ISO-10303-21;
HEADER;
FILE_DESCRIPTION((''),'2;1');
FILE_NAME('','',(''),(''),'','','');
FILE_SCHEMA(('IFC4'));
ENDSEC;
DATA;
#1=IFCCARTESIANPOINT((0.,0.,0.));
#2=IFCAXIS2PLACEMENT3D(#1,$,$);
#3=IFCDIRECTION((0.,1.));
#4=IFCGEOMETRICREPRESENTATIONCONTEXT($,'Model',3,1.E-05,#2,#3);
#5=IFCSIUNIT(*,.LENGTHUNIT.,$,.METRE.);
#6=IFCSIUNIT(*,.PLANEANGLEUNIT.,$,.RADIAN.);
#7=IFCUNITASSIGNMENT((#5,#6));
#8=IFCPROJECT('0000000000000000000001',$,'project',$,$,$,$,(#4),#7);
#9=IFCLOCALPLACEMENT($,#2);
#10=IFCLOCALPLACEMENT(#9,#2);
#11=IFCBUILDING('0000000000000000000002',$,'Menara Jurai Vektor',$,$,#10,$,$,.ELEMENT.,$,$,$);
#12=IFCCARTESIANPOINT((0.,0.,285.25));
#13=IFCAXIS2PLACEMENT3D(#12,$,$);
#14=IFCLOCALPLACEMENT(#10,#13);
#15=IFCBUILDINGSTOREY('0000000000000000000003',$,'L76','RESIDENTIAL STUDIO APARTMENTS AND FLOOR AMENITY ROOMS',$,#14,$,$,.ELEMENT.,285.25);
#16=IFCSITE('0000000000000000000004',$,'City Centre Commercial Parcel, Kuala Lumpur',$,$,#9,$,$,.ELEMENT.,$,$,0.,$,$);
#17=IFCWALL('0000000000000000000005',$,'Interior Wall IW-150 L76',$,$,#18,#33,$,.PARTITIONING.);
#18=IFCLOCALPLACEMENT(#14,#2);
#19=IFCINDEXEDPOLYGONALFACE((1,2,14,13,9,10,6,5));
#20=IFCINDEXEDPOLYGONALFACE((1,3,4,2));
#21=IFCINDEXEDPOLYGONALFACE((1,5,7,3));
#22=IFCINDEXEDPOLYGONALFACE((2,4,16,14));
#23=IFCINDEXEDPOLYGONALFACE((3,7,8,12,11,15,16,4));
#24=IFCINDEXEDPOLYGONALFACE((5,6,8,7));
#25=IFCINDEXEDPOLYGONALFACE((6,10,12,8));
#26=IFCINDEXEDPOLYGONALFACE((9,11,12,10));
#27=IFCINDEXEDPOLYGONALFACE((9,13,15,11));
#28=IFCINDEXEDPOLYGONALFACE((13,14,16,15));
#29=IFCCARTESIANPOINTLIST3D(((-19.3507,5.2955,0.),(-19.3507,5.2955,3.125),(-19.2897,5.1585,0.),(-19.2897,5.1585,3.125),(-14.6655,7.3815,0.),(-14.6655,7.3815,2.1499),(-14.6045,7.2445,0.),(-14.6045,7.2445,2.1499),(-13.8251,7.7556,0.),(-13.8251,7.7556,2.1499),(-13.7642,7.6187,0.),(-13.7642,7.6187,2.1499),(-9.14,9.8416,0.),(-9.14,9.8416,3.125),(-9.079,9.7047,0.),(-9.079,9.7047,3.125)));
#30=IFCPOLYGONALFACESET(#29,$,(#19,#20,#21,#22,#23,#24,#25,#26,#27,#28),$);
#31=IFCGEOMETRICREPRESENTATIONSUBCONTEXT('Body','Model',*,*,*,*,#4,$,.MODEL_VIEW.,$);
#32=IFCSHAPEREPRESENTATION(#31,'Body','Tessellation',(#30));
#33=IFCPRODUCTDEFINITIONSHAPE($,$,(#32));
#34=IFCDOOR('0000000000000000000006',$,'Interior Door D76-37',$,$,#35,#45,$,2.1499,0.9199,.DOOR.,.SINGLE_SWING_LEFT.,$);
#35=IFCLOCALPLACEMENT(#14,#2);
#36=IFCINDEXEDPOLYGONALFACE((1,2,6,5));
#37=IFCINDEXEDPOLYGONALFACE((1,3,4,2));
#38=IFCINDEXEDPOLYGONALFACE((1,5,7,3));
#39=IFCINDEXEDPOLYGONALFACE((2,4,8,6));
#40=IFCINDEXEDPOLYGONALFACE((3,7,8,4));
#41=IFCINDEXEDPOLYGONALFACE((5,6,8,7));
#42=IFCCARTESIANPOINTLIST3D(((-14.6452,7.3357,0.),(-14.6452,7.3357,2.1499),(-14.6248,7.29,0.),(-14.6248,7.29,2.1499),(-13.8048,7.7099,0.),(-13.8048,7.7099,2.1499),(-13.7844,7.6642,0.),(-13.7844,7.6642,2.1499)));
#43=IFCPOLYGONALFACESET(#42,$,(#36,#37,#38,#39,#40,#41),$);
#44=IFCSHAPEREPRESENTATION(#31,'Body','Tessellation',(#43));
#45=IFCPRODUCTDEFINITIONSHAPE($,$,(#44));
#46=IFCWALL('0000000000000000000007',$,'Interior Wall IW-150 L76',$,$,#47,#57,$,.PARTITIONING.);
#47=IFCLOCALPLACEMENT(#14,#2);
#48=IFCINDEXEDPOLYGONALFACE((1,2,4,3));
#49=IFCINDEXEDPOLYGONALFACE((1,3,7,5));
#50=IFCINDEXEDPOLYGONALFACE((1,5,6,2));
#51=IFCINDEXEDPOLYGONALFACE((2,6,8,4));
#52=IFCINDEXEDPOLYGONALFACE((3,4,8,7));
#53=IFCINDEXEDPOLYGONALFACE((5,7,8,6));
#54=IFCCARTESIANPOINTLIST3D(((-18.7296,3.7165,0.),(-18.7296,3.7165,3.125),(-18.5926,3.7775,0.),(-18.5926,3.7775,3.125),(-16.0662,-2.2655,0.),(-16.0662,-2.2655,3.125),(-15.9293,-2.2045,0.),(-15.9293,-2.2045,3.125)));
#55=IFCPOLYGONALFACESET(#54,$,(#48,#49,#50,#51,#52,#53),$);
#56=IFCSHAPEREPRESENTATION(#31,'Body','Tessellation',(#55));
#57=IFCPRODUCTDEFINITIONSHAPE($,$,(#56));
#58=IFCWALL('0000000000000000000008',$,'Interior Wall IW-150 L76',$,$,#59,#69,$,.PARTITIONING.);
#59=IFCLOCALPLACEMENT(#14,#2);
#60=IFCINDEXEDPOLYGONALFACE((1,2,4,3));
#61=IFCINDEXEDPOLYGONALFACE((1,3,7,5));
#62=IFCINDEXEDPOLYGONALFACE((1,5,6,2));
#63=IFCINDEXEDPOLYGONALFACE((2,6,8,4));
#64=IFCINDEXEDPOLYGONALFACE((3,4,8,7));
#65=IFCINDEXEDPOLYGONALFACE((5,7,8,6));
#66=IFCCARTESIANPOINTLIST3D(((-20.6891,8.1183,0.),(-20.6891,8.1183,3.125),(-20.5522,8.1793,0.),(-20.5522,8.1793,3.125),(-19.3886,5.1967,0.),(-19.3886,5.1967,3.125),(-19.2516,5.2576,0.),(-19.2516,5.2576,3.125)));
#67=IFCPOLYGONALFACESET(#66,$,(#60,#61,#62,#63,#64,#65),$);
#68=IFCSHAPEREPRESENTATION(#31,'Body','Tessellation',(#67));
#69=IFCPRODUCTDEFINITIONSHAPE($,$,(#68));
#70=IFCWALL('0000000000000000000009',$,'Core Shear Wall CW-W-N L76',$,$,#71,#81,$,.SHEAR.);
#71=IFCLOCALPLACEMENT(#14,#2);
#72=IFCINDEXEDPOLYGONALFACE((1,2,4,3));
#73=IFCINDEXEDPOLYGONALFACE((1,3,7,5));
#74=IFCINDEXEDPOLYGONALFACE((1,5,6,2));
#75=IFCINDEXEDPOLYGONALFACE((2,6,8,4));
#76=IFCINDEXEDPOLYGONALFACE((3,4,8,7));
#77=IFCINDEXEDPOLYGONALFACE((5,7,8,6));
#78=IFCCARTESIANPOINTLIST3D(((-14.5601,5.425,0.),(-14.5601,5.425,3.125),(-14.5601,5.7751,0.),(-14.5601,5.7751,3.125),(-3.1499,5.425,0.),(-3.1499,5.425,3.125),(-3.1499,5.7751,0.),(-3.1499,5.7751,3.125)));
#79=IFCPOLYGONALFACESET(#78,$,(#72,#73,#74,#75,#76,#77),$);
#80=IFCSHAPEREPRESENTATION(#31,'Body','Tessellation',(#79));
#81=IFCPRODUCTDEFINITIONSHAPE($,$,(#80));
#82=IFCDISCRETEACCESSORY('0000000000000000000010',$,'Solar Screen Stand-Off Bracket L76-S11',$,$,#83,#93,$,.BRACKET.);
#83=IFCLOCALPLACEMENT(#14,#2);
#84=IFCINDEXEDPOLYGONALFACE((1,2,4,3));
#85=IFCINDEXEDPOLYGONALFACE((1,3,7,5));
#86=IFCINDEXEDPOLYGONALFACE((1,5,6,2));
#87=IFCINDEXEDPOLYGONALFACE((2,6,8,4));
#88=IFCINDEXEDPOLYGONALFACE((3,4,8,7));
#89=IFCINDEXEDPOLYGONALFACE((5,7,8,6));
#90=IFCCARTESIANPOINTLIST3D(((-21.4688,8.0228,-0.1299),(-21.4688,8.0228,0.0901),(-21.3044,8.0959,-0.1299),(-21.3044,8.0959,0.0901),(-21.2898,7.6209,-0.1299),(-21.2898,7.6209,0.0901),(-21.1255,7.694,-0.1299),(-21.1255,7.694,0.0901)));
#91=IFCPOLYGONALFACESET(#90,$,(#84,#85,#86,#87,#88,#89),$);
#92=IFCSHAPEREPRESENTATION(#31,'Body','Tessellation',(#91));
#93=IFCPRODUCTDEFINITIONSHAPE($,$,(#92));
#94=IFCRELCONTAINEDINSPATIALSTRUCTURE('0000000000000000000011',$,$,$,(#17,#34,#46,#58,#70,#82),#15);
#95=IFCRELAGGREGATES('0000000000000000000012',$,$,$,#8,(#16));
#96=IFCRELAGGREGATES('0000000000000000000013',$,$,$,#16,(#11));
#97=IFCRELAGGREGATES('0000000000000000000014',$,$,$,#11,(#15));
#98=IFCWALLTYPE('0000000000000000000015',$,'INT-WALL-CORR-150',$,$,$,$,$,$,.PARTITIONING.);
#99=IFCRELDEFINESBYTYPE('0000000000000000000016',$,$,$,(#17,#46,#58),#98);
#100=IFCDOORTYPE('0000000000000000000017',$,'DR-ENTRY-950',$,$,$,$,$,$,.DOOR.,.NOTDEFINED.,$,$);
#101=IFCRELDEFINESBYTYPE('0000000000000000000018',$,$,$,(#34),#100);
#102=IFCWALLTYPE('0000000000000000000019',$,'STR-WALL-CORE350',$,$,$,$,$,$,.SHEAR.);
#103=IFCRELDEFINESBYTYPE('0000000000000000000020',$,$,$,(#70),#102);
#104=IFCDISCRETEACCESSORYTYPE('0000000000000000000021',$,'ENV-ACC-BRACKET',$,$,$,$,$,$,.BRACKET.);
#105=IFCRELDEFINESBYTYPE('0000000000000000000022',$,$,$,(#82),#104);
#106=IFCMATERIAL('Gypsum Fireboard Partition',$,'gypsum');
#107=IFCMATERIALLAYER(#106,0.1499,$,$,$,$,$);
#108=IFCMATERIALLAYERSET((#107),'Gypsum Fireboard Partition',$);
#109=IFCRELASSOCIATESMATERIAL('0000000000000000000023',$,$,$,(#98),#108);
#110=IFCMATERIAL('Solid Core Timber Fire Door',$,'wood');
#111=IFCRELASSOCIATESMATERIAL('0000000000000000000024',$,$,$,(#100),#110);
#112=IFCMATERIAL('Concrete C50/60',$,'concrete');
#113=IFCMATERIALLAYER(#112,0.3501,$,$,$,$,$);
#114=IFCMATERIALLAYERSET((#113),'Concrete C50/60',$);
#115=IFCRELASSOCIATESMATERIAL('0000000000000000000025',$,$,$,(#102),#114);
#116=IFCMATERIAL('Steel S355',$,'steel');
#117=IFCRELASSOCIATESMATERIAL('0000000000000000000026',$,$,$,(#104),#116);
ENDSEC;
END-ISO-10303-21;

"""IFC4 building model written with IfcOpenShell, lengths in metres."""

from ifc_helpers import new_model, si_unit, direction, frame, frame_2d, origin, origin_2d, place, context, subcontext, project, spatial, rectangle, extrude, material, layer, layer_set, type_object, element, fill, save


model = new_model("IFC4")

# Units and contexts
model_context = context("Model", 3, precision=1e-05, world=origin(), true_north=direction((0.0, 1.0)))
body_context = subcontext(model_context, "Body", "Model", "MODEL_VIEW")
ifc_project = project(units=[si_unit("LENGTHUNIT", "METRE"), si_unit("PLANEANGLEUNIT", "RADIAN")], contexts=[model_context])

# Site, building, storey
site_placement = place(None, origin())
site = spatial("IfcSite", under=ifc_project, at=site_placement, Name="City Centre Commercial Parcel, Kuala Lumpur", CompositionType="ELEMENT", RefElevation=0.0)
building_placement = place(site_placement, origin())
building = spatial("IfcBuilding", under=site, at=building_placement, Name="Menara Jurai Vektor", CompositionType="ELEMENT")
storey_placement = place(building_placement, frame((0.0, 0.0, 285.25)))
storey = spatial("IfcBuildingStorey", under=building, at=storey_placement, Name="L76", Description="RESIDENTIAL STUDIO APARTMENTS AND FLOOR AMENITY ROOMS", CompositionType="ELEMENT", Elevation=285.25)

# Shared definitions
ifc_material_1 = material(Name="Concrete C50/60", Category="concrete")

# Shared definitions
ifc_material_2 = material(Name="Steel S355", Category="steel")

# Wall, opening, door
ifc_material_3 = material(Name="Gypsum Fireboard Partition", Category="gypsum")
ifc_layer_1 = layer(ifc_material_3, 0.1499)
ifc_layer_set_1 = layer_set([ifc_layer_1], Name="Gypsum Fireboard Partition")
wall_type_1 = type_object("IfcWallType", Name="INT-WALL-CORR-150", PredefinedType="PARTITIONING", material=ifc_layer_set_1)
ifc_material_4 = material(Name="Solid Core Timber Fire Door", Category="wood")
door_type_1 = type_object("IfcDoorType", Name="DR-ENTRY-950", OperationType="NOTDEFINED", PredefinedType="DOOR", material=ifc_material_4)
wall_1_placement = place(storey_placement, frame((-19.3201, 5.2271, 0.0), z_axis=(0.0, 0.0, 1.0), x_axis=(0.913544, 0.40674, 0.0)))
wall_1 = element("IfcWall", 1, at=wall_1_placement, inside=storey, type_object=wall_type_1, Name="Interior Wall IW-150 L76", PredefinedType="PARTITIONING", context=body_context, shape_type="SweptSolid", body=[
    extrude(rectangle(XDim=11.177, YDim=0.1499, at=frame_2d((5.5884, 0.0))), origin(), (0.0, 0.0, 1.0), 3.125),
])
opening_1_placement = place(wall_1_placement, frame((5.1284, 0.0, 0.0)))
opening_1 = element("IfcOpeningElement", 2, at=opening_1_placement, cuts=wall_1, PredefinedType="OPENING", context=body_context, shape_type="SweptSolid", body=[
    extrude(rectangle(XDim=0.9199, YDim=2.1499, at=frame_2d((0.46, 1.075))), frame((0.0, 0.085, 0.0), z_axis=(0.0, -1.0, 0.0), x_axis=(1.0, 0.0, 0.0)), (0.0, 0.0, 1.0), 0.1699),
])
door_1_placement = place(opening_1_placement, origin())
door_1 = element("IfcDoor", 3, at=door_1_placement, inside=storey, type_object=door_type_1, Name="Interior Door D76-37", OperationType="SINGLE_SWING_LEFT", OverallHeight=2.1499, OverallWidth=0.9199, PredefinedType="DOOR", context=body_context, shape_type="SweptSolid", body=[
    extrude(rectangle(XDim=0.9199, YDim=2.1499, at=frame_2d((0.46, 1.075))), frame((0.0, 0.0249, 0.0), z_axis=(0.0, -1.0, 0.0), x_axis=(1.0, 0.0, 0.0)), (0.0, 0.0, 1.0), 0.05),
])
fill(opening_1, door_1)

# Walls
wall_2_placement = place(storey_placement, frame((-15.9978, -2.2349, 0.0), z_axis=(0.0, 0.0, 1.0), x_axis=(-0.406737, 0.913545, 0.0)))
element("IfcWall", 4, at=wall_2_placement, inside=storey, type_object=wall_type_1, Name="Interior Wall IW-150 L76", PredefinedType="PARTITIONING", context=body_context, shape_type="SweptSolid", body=[
    extrude(rectangle(XDim=6.5481, YDim=0.1499, at=frame_2d((3.2739, 0.0))), origin(), (0.0, 0.0, 1.0), 3.125),
])
wall_3_placement = place(storey_placement, frame((-19.3201, 5.2271, 0.0), z_axis=(0.0, 0.0, 1.0), x_axis=(-0.40667, 0.913575, 0.0)))
element("IfcWall", 5, at=wall_3_placement, inside=storey, type_object=wall_type_1, Name="Interior Wall IW-150 L76", PredefinedType="PARTITIONING", context=body_context, shape_type="SweptSolid", body=[
    extrude(rectangle(XDim=3.198, YDim=0.1499, at=frame_2d((1.5991, 0.0))), origin(), (0.0, 0.0, 1.0), 3.125),
])

# Wall
ifc_layer_2 = layer(ifc_material_1, 0.3501)
ifc_layer_set_2 = layer_set([ifc_layer_2], Name="Concrete C50/60")
wall_type_2 = type_object("IfcWallType", Name="STR-WALL-CORE350", PredefinedType="SHEAR", material=ifc_layer_set_2)
wall_4_placement = place(storey_placement, frame((-14.5601, 5.6001, 0.0), z_axis=(0.0, 0.0, 1.0), x_axis=(1.0, 0.0, 0.0)))
element("IfcWall", 6, at=wall_4_placement, inside=storey, type_object=wall_type_2, Name="Core Shear Wall CW-W-N L76", PredefinedType="SHEAR", context=body_context, shape_type="SweptSolid", body=[
    extrude(rectangle(XDim=11.4102, YDim=0.3501, at=frame_2d((5.7051, 0.0))), origin(), (0.0, 0.0, 1.0), 3.125),
])

# Discrete accessory
discrete_accessory_type = type_object("IfcDiscreteAccessoryType", Name="ENV-ACC-BRACKET", PredefinedType="BRACKET", material=ifc_material_2)
discrete_accessory_placement = place(storey_placement, frame((-21.2971, 7.8584, -0.1299), z_axis=(0.0, 0.0, 1.0), x_axis=(-0.913545, -0.406737, 0.0)))
element("IfcDiscreteAccessory", 7, at=discrete_accessory_placement, inside=storey, type_object=discrete_accessory_type, Name="Solar Screen Stand-Off Bracket L76-S11", PredefinedType="BRACKET", context=body_context, shape_type="SweptSolid", body=[
    extrude(rectangle(XDim=0.1799, YDim=0.4399, at=origin_2d()), origin(), (0.0, 0.0, 1.0), 0.22),
])

save(model, "model.ifc")
